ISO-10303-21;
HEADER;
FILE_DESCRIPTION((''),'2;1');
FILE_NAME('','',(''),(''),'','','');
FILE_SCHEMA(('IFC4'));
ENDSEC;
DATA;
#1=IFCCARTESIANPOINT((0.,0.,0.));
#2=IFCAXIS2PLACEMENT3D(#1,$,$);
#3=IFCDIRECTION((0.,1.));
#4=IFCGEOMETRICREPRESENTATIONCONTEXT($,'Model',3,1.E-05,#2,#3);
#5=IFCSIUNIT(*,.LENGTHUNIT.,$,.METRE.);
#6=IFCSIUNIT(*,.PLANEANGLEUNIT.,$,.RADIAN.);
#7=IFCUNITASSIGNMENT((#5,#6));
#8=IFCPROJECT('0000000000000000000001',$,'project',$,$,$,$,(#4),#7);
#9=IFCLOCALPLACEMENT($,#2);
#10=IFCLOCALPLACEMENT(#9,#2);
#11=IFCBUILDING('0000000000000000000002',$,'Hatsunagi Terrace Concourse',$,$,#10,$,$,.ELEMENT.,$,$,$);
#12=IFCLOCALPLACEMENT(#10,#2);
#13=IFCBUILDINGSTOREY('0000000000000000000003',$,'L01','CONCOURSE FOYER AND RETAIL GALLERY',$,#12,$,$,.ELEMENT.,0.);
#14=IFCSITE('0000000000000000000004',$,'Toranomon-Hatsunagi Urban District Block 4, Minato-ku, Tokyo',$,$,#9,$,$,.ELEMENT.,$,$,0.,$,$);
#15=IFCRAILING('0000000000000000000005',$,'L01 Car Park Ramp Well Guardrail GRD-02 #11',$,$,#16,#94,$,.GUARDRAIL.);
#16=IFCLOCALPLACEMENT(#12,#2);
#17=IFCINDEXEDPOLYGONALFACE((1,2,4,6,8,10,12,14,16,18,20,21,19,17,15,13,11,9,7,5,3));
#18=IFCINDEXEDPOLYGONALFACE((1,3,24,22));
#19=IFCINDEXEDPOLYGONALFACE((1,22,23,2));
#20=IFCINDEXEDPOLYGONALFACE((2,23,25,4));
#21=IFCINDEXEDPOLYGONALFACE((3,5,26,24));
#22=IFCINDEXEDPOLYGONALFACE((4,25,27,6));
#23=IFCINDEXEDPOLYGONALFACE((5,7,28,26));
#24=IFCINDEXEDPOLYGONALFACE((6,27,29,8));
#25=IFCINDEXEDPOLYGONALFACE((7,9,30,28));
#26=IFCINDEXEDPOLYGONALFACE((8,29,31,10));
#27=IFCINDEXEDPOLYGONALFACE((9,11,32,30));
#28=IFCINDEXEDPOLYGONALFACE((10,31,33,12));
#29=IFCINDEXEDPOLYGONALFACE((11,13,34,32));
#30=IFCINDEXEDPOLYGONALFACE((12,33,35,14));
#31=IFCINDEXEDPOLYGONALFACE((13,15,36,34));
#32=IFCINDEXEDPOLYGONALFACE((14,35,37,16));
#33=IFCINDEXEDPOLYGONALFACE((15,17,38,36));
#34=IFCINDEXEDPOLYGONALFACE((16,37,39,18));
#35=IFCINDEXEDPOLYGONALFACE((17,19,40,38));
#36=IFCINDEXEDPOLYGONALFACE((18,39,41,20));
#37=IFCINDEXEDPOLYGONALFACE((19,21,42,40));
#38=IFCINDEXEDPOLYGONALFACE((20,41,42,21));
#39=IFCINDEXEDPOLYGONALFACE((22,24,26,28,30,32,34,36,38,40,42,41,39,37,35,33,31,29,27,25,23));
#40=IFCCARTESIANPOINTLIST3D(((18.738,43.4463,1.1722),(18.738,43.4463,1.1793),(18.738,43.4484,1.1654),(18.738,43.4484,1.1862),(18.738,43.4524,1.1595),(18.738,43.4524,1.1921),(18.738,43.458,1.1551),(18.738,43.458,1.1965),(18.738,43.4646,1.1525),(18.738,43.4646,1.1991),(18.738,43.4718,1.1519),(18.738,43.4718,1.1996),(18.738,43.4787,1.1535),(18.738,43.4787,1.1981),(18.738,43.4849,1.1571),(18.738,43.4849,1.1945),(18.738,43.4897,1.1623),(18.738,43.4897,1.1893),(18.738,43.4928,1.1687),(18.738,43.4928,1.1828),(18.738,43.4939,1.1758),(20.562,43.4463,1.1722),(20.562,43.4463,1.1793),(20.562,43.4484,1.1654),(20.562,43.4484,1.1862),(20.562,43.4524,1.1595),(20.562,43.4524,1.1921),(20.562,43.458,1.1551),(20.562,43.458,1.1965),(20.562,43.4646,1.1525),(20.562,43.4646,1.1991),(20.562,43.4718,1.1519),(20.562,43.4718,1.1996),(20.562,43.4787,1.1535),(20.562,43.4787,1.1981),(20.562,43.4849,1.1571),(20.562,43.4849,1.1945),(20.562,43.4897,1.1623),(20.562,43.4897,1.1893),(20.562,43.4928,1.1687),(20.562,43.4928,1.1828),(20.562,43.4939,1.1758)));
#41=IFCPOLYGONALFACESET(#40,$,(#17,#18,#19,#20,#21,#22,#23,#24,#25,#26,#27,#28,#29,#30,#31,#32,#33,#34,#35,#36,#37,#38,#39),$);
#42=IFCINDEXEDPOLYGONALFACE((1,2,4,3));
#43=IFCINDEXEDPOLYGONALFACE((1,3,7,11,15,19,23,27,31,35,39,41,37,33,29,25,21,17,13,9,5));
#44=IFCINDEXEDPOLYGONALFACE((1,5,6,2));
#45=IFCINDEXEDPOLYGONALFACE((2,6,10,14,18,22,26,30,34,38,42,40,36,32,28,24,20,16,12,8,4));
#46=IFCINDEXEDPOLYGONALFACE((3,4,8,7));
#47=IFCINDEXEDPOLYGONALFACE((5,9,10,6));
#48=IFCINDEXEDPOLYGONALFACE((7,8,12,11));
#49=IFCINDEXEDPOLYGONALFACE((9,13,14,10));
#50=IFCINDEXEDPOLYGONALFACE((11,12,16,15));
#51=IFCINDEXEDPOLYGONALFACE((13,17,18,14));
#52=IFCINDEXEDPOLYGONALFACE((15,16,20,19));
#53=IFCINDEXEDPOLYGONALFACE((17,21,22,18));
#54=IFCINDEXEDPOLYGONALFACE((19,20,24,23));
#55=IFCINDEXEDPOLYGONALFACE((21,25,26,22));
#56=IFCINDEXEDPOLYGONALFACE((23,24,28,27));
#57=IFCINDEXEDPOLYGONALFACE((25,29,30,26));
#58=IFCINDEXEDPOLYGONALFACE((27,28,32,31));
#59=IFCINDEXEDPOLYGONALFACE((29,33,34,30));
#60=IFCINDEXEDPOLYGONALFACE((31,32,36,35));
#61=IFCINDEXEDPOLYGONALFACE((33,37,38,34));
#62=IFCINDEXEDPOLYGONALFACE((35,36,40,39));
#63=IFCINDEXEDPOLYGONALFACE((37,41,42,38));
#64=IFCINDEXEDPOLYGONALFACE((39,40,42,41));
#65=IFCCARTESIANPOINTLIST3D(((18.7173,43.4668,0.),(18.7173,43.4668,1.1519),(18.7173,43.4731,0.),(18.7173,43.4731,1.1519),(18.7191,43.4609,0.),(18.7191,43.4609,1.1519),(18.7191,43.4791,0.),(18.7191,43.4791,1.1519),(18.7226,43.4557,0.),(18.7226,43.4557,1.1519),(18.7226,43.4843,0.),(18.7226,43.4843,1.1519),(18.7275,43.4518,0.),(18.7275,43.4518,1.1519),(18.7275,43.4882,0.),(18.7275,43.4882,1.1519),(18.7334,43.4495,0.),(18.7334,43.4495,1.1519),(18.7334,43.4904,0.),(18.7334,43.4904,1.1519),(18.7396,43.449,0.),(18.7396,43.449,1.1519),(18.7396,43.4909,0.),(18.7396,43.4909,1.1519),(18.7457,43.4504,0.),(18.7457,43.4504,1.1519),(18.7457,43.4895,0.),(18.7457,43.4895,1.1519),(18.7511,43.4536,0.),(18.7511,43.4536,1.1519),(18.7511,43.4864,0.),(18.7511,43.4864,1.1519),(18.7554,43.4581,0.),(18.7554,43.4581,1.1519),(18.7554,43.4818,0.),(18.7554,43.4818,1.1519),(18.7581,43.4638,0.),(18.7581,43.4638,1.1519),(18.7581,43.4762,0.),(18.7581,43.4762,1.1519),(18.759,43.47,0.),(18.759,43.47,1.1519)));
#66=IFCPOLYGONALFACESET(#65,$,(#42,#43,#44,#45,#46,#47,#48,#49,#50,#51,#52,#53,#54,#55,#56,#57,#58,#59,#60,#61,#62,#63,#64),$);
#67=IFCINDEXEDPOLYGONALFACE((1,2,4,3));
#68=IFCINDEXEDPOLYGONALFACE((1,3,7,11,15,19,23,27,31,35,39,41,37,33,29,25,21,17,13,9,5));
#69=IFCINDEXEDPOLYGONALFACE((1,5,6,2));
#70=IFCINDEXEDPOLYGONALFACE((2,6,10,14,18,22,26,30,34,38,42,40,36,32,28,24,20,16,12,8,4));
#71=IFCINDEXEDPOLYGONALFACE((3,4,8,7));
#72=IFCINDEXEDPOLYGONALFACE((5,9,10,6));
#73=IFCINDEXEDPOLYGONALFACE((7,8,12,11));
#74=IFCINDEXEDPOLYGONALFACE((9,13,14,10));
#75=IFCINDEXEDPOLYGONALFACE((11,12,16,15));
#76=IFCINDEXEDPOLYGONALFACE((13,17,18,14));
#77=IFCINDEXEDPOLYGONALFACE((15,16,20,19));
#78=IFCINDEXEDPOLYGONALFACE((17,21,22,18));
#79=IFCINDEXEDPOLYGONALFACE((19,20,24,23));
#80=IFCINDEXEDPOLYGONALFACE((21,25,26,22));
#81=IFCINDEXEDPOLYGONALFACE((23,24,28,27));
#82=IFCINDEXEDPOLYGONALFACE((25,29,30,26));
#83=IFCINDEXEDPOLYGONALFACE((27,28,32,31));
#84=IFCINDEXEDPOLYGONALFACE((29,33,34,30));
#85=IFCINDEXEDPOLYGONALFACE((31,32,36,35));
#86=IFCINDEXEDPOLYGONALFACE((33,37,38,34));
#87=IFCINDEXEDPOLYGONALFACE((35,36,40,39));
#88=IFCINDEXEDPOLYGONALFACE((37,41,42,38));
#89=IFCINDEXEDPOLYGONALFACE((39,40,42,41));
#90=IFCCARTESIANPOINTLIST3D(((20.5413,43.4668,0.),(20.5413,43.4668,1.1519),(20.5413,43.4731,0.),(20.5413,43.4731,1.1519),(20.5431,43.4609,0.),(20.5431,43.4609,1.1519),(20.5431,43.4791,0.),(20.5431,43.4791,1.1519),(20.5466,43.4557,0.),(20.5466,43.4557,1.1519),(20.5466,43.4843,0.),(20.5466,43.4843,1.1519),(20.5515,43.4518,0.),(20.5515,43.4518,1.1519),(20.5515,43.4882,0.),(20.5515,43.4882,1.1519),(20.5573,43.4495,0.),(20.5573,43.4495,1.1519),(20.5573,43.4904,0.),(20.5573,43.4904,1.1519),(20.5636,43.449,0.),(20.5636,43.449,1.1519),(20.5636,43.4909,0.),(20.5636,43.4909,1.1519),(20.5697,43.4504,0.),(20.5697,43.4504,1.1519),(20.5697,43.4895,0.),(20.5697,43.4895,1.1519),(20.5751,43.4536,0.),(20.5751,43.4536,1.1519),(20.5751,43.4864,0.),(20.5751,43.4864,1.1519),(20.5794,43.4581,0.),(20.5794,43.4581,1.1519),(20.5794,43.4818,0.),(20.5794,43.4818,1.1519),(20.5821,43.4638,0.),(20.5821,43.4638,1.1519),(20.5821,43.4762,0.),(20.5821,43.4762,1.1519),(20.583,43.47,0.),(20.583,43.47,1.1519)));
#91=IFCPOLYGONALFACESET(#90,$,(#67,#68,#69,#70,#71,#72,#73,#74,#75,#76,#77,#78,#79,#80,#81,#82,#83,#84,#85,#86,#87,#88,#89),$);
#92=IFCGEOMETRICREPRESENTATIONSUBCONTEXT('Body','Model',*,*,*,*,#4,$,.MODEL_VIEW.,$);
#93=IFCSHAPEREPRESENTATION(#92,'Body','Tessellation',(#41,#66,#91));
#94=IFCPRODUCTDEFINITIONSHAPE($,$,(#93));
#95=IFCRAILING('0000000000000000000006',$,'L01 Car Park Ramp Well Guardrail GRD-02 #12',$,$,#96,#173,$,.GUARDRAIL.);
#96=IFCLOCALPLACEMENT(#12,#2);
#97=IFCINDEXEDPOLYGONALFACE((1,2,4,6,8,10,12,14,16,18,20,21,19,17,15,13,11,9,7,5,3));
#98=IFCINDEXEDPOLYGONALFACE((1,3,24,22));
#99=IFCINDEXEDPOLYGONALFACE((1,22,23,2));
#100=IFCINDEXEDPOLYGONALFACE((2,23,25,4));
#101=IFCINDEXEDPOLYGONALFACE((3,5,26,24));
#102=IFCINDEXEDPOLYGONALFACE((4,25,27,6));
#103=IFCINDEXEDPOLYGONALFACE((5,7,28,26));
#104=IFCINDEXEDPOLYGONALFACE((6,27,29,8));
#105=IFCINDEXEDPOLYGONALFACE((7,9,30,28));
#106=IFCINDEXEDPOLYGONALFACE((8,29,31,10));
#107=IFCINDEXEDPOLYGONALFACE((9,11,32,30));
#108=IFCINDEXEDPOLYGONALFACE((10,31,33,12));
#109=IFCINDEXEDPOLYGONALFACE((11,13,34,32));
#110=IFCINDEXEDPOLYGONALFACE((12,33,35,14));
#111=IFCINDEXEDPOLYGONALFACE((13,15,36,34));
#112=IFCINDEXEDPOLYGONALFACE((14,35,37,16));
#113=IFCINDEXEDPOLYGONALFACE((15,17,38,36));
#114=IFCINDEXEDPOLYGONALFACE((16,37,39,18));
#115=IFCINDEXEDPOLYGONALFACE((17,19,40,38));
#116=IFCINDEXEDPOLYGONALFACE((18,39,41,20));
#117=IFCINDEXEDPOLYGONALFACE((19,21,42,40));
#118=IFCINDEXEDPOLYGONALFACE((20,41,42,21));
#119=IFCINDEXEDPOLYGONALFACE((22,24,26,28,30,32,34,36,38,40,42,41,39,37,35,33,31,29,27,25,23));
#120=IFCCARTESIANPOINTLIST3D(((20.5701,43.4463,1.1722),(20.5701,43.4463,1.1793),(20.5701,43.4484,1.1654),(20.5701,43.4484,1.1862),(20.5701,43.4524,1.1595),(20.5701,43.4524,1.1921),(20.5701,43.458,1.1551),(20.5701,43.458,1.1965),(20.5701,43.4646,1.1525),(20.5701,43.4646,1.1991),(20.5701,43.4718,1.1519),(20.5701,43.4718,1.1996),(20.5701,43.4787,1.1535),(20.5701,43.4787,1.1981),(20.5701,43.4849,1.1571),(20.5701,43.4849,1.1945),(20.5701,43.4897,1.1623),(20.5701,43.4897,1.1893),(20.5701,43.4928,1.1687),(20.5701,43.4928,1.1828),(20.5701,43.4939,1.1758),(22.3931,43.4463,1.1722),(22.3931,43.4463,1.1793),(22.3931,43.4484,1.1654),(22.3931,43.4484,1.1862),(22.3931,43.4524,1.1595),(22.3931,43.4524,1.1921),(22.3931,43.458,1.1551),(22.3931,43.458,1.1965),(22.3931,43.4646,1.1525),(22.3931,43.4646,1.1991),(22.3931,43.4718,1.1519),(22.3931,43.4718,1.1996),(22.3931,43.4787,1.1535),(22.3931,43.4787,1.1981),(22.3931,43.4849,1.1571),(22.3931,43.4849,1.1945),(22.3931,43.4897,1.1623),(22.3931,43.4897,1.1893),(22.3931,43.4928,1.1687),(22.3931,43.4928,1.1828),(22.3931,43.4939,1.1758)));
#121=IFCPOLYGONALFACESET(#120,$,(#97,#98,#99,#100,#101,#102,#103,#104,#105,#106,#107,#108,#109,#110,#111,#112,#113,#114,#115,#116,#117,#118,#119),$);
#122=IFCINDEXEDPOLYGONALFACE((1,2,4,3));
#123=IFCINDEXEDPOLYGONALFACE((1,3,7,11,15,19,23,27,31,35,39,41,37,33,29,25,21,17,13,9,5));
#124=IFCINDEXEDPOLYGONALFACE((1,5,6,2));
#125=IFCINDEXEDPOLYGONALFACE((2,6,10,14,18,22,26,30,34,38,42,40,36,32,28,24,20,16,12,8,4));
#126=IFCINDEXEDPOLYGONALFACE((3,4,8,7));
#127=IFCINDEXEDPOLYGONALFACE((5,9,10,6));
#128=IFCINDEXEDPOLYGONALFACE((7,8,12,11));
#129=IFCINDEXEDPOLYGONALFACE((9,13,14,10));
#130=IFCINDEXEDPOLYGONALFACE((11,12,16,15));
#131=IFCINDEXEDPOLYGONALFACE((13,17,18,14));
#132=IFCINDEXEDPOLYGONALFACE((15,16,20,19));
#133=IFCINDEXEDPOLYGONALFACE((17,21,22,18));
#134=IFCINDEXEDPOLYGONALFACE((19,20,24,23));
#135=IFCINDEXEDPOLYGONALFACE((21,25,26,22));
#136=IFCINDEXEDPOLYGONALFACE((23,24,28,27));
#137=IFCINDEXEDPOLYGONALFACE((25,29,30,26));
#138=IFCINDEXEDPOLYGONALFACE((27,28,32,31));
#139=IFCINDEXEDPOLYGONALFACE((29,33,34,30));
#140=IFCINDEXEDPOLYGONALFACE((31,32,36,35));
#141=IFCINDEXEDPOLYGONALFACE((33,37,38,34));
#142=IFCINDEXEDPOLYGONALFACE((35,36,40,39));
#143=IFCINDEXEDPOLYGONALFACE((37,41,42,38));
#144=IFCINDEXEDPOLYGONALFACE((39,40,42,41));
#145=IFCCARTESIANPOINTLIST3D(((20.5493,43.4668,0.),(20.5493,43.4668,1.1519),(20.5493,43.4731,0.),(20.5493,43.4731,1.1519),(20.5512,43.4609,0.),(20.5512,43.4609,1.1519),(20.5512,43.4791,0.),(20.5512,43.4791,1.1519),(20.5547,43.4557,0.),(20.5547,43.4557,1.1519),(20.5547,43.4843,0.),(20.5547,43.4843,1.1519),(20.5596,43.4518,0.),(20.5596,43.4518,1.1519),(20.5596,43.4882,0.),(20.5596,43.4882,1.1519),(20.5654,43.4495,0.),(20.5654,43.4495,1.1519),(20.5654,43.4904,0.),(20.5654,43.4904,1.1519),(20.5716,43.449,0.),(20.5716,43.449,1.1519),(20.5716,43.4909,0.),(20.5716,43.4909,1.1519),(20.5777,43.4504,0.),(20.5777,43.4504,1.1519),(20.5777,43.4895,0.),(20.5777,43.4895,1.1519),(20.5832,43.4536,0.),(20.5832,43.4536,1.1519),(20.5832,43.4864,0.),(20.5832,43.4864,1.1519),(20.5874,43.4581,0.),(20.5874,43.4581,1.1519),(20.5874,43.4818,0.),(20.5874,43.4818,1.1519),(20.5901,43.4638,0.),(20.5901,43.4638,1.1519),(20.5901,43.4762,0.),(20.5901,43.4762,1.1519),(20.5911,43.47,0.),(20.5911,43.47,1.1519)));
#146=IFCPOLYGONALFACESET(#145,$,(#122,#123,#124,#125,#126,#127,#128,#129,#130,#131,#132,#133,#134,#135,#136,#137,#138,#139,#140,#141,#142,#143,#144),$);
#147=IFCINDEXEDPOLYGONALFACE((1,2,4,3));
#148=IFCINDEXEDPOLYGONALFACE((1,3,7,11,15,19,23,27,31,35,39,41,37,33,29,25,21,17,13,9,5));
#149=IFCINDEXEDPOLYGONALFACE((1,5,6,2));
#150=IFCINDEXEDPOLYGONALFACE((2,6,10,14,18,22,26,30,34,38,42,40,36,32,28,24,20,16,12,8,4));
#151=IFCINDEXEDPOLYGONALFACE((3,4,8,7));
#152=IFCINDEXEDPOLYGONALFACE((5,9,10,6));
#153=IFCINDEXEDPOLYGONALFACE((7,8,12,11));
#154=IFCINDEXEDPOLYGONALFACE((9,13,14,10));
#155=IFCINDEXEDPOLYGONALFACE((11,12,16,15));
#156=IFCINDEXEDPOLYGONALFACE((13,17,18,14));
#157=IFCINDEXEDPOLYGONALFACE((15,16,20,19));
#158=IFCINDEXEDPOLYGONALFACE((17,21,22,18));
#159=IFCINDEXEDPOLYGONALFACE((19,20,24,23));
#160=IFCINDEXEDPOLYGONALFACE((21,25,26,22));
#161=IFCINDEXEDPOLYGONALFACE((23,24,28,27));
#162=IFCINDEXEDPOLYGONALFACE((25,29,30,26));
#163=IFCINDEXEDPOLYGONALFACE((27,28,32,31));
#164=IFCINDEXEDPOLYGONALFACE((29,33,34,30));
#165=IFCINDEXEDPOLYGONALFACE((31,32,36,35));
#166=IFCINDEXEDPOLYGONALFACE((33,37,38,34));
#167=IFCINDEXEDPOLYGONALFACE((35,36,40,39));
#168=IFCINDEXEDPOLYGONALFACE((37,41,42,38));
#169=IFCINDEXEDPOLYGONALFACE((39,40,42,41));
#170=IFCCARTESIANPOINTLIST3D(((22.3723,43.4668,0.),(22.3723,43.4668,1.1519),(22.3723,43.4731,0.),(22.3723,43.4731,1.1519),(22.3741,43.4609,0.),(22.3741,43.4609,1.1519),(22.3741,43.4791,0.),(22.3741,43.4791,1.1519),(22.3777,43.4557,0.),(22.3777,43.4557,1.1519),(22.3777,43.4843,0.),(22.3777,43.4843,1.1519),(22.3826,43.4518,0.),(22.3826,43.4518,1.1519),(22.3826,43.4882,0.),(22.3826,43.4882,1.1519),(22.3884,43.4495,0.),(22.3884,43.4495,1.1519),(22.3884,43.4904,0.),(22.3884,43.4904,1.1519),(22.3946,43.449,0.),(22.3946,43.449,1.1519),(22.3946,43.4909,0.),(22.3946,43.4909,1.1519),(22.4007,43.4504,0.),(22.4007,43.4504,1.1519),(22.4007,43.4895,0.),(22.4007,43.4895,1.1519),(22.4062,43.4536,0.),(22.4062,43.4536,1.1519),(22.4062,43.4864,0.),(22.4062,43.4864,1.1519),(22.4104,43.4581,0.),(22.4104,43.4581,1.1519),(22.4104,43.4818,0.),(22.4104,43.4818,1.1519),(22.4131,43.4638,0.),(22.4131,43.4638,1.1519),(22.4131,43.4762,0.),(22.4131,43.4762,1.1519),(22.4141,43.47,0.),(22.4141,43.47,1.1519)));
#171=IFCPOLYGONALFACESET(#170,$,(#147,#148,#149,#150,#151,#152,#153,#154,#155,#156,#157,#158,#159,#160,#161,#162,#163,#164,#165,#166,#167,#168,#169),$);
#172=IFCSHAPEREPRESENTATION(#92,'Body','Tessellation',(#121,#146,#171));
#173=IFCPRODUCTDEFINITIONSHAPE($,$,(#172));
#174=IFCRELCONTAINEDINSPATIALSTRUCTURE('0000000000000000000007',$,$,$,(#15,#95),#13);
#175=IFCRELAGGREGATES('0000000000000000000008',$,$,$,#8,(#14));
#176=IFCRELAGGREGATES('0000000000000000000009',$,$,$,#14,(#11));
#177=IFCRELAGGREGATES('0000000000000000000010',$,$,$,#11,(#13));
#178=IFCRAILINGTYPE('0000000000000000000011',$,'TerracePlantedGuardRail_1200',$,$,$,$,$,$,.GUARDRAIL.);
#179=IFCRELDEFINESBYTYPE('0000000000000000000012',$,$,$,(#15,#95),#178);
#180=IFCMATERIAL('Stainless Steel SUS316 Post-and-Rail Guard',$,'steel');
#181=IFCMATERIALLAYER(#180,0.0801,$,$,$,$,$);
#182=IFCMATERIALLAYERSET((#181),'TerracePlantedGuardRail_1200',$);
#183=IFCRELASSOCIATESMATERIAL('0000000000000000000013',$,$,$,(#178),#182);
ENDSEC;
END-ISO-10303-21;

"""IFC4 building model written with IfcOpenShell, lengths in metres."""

from ifc_helpers import new_model, si_unit, direction, frame, origin, origin_2d, place, context, subcontext, project, spatial, circle, extrude, material, layer, layer_set, type_object, element, save


model = new_model("IFC4")

# Units and contexts
model_context = context("Model", 3, precision=1e-05, world=origin(), true_north=direction((0.0, 1.0)))
body_context = subcontext(model_context, "Body", "Model", "MODEL_VIEW")
ifc_project = project(units=[si_unit("LENGTHUNIT", "METRE"), si_unit("PLANEANGLEUNIT", "RADIAN")], contexts=[model_context])

# Site, building, storey
site_placement = place(None, origin())
site = spatial("IfcSite", under=ifc_project, at=site_placement, Name="Toranomon-Hatsunagi Urban District Block 4, Minato-ku, Tokyo", CompositionType="ELEMENT", RefElevation=0.0)
building_placement = place(site_placement, origin())
building = spatial("IfcBuilding", under=site, at=building_placement, Name="Hatsunagi Terrace Concourse", CompositionType="ELEMENT")
storey_placement = place(building_placement, origin())
storey = spatial("IfcBuildingStorey", under=building, at=storey_placement, Name="L01", Description="CONCOURSE FOYER AND RETAIL GALLERY", CompositionType="ELEMENT", Elevation=0.0)

# Railings
ifc_material_1 = material(Name="Stainless Steel SUS316 Post-and-Rail Guard", Category="steel")
ifc_layer_1 = layer(ifc_material_1, 0.0801)
ifc_layer_set_1 = layer_set([ifc_layer_1], Name="TerracePlantedGuardRail_1200")
railing_type_1 = type_object("IfcRailingType", Name="TerracePlantedGuardRail_1200", PredefinedType="GUARDRAIL", material=ifc_layer_set_1)
railing_1_placement = place(storey_placement, frame((18.738, 43.47, 0.0)))
element("IfcRailing", 1, at=railing_1_placement, inside=storey, type_object=railing_type_1, Name="L01 Car Park Ramp Well Guardrail GRD-02 #11", PredefinedType="GUARDRAIL", context=body_context, shape_type="SweptSolid", body=[
    extrude(circle(Radius=0.0239, at=origin_2d()), frame((0.0, 0.0, 1.1758), z_axis=(1.0, 0.0, 0.0), x_axis=(0.0, 1.0, 0.0)), (0.0, 0.0, 1.0), 1.824),
    extrude(circle(Radius=0.021, at=origin_2d()), origin(), (0.0, 0.0, 1.0), 1.1519),
    extrude(circle(Radius=0.021, at=origin_2d()), frame((1.824, 0.0, 0.0)), (0.0, 0.0, 1.0), 1.1519),
])
railing_2_placement = place(storey_placement, frame((20.5701, 43.47, 0.0)))
element("IfcRailing", 2, at=railing_2_placement, inside=storey, type_object=railing_type_1, Name="L01 Car Park Ramp Well Guardrail GRD-02 #12", PredefinedType="GUARDRAIL", context=body_context, shape_type="SweptSolid", body=[
    extrude(circle(Radius=0.0239, at=origin_2d()), frame((0.0, 0.0, 1.1758), z_axis=(1.0, 0.0, 0.0), x_axis=(0.0, 1.0, 0.0)), (0.0, 0.0, 1.0), 1.823),
    extrude(circle(Radius=0.021, at=origin_2d()), origin(), (0.0, 0.0, 1.0), 1.1519),
    extrude(circle(Radius=0.021, at=origin_2d()), frame((1.823, 0.0, 0.0)), (0.0, 0.0, 1.0), 1.1519),
])

save(model, "model.ifc")
